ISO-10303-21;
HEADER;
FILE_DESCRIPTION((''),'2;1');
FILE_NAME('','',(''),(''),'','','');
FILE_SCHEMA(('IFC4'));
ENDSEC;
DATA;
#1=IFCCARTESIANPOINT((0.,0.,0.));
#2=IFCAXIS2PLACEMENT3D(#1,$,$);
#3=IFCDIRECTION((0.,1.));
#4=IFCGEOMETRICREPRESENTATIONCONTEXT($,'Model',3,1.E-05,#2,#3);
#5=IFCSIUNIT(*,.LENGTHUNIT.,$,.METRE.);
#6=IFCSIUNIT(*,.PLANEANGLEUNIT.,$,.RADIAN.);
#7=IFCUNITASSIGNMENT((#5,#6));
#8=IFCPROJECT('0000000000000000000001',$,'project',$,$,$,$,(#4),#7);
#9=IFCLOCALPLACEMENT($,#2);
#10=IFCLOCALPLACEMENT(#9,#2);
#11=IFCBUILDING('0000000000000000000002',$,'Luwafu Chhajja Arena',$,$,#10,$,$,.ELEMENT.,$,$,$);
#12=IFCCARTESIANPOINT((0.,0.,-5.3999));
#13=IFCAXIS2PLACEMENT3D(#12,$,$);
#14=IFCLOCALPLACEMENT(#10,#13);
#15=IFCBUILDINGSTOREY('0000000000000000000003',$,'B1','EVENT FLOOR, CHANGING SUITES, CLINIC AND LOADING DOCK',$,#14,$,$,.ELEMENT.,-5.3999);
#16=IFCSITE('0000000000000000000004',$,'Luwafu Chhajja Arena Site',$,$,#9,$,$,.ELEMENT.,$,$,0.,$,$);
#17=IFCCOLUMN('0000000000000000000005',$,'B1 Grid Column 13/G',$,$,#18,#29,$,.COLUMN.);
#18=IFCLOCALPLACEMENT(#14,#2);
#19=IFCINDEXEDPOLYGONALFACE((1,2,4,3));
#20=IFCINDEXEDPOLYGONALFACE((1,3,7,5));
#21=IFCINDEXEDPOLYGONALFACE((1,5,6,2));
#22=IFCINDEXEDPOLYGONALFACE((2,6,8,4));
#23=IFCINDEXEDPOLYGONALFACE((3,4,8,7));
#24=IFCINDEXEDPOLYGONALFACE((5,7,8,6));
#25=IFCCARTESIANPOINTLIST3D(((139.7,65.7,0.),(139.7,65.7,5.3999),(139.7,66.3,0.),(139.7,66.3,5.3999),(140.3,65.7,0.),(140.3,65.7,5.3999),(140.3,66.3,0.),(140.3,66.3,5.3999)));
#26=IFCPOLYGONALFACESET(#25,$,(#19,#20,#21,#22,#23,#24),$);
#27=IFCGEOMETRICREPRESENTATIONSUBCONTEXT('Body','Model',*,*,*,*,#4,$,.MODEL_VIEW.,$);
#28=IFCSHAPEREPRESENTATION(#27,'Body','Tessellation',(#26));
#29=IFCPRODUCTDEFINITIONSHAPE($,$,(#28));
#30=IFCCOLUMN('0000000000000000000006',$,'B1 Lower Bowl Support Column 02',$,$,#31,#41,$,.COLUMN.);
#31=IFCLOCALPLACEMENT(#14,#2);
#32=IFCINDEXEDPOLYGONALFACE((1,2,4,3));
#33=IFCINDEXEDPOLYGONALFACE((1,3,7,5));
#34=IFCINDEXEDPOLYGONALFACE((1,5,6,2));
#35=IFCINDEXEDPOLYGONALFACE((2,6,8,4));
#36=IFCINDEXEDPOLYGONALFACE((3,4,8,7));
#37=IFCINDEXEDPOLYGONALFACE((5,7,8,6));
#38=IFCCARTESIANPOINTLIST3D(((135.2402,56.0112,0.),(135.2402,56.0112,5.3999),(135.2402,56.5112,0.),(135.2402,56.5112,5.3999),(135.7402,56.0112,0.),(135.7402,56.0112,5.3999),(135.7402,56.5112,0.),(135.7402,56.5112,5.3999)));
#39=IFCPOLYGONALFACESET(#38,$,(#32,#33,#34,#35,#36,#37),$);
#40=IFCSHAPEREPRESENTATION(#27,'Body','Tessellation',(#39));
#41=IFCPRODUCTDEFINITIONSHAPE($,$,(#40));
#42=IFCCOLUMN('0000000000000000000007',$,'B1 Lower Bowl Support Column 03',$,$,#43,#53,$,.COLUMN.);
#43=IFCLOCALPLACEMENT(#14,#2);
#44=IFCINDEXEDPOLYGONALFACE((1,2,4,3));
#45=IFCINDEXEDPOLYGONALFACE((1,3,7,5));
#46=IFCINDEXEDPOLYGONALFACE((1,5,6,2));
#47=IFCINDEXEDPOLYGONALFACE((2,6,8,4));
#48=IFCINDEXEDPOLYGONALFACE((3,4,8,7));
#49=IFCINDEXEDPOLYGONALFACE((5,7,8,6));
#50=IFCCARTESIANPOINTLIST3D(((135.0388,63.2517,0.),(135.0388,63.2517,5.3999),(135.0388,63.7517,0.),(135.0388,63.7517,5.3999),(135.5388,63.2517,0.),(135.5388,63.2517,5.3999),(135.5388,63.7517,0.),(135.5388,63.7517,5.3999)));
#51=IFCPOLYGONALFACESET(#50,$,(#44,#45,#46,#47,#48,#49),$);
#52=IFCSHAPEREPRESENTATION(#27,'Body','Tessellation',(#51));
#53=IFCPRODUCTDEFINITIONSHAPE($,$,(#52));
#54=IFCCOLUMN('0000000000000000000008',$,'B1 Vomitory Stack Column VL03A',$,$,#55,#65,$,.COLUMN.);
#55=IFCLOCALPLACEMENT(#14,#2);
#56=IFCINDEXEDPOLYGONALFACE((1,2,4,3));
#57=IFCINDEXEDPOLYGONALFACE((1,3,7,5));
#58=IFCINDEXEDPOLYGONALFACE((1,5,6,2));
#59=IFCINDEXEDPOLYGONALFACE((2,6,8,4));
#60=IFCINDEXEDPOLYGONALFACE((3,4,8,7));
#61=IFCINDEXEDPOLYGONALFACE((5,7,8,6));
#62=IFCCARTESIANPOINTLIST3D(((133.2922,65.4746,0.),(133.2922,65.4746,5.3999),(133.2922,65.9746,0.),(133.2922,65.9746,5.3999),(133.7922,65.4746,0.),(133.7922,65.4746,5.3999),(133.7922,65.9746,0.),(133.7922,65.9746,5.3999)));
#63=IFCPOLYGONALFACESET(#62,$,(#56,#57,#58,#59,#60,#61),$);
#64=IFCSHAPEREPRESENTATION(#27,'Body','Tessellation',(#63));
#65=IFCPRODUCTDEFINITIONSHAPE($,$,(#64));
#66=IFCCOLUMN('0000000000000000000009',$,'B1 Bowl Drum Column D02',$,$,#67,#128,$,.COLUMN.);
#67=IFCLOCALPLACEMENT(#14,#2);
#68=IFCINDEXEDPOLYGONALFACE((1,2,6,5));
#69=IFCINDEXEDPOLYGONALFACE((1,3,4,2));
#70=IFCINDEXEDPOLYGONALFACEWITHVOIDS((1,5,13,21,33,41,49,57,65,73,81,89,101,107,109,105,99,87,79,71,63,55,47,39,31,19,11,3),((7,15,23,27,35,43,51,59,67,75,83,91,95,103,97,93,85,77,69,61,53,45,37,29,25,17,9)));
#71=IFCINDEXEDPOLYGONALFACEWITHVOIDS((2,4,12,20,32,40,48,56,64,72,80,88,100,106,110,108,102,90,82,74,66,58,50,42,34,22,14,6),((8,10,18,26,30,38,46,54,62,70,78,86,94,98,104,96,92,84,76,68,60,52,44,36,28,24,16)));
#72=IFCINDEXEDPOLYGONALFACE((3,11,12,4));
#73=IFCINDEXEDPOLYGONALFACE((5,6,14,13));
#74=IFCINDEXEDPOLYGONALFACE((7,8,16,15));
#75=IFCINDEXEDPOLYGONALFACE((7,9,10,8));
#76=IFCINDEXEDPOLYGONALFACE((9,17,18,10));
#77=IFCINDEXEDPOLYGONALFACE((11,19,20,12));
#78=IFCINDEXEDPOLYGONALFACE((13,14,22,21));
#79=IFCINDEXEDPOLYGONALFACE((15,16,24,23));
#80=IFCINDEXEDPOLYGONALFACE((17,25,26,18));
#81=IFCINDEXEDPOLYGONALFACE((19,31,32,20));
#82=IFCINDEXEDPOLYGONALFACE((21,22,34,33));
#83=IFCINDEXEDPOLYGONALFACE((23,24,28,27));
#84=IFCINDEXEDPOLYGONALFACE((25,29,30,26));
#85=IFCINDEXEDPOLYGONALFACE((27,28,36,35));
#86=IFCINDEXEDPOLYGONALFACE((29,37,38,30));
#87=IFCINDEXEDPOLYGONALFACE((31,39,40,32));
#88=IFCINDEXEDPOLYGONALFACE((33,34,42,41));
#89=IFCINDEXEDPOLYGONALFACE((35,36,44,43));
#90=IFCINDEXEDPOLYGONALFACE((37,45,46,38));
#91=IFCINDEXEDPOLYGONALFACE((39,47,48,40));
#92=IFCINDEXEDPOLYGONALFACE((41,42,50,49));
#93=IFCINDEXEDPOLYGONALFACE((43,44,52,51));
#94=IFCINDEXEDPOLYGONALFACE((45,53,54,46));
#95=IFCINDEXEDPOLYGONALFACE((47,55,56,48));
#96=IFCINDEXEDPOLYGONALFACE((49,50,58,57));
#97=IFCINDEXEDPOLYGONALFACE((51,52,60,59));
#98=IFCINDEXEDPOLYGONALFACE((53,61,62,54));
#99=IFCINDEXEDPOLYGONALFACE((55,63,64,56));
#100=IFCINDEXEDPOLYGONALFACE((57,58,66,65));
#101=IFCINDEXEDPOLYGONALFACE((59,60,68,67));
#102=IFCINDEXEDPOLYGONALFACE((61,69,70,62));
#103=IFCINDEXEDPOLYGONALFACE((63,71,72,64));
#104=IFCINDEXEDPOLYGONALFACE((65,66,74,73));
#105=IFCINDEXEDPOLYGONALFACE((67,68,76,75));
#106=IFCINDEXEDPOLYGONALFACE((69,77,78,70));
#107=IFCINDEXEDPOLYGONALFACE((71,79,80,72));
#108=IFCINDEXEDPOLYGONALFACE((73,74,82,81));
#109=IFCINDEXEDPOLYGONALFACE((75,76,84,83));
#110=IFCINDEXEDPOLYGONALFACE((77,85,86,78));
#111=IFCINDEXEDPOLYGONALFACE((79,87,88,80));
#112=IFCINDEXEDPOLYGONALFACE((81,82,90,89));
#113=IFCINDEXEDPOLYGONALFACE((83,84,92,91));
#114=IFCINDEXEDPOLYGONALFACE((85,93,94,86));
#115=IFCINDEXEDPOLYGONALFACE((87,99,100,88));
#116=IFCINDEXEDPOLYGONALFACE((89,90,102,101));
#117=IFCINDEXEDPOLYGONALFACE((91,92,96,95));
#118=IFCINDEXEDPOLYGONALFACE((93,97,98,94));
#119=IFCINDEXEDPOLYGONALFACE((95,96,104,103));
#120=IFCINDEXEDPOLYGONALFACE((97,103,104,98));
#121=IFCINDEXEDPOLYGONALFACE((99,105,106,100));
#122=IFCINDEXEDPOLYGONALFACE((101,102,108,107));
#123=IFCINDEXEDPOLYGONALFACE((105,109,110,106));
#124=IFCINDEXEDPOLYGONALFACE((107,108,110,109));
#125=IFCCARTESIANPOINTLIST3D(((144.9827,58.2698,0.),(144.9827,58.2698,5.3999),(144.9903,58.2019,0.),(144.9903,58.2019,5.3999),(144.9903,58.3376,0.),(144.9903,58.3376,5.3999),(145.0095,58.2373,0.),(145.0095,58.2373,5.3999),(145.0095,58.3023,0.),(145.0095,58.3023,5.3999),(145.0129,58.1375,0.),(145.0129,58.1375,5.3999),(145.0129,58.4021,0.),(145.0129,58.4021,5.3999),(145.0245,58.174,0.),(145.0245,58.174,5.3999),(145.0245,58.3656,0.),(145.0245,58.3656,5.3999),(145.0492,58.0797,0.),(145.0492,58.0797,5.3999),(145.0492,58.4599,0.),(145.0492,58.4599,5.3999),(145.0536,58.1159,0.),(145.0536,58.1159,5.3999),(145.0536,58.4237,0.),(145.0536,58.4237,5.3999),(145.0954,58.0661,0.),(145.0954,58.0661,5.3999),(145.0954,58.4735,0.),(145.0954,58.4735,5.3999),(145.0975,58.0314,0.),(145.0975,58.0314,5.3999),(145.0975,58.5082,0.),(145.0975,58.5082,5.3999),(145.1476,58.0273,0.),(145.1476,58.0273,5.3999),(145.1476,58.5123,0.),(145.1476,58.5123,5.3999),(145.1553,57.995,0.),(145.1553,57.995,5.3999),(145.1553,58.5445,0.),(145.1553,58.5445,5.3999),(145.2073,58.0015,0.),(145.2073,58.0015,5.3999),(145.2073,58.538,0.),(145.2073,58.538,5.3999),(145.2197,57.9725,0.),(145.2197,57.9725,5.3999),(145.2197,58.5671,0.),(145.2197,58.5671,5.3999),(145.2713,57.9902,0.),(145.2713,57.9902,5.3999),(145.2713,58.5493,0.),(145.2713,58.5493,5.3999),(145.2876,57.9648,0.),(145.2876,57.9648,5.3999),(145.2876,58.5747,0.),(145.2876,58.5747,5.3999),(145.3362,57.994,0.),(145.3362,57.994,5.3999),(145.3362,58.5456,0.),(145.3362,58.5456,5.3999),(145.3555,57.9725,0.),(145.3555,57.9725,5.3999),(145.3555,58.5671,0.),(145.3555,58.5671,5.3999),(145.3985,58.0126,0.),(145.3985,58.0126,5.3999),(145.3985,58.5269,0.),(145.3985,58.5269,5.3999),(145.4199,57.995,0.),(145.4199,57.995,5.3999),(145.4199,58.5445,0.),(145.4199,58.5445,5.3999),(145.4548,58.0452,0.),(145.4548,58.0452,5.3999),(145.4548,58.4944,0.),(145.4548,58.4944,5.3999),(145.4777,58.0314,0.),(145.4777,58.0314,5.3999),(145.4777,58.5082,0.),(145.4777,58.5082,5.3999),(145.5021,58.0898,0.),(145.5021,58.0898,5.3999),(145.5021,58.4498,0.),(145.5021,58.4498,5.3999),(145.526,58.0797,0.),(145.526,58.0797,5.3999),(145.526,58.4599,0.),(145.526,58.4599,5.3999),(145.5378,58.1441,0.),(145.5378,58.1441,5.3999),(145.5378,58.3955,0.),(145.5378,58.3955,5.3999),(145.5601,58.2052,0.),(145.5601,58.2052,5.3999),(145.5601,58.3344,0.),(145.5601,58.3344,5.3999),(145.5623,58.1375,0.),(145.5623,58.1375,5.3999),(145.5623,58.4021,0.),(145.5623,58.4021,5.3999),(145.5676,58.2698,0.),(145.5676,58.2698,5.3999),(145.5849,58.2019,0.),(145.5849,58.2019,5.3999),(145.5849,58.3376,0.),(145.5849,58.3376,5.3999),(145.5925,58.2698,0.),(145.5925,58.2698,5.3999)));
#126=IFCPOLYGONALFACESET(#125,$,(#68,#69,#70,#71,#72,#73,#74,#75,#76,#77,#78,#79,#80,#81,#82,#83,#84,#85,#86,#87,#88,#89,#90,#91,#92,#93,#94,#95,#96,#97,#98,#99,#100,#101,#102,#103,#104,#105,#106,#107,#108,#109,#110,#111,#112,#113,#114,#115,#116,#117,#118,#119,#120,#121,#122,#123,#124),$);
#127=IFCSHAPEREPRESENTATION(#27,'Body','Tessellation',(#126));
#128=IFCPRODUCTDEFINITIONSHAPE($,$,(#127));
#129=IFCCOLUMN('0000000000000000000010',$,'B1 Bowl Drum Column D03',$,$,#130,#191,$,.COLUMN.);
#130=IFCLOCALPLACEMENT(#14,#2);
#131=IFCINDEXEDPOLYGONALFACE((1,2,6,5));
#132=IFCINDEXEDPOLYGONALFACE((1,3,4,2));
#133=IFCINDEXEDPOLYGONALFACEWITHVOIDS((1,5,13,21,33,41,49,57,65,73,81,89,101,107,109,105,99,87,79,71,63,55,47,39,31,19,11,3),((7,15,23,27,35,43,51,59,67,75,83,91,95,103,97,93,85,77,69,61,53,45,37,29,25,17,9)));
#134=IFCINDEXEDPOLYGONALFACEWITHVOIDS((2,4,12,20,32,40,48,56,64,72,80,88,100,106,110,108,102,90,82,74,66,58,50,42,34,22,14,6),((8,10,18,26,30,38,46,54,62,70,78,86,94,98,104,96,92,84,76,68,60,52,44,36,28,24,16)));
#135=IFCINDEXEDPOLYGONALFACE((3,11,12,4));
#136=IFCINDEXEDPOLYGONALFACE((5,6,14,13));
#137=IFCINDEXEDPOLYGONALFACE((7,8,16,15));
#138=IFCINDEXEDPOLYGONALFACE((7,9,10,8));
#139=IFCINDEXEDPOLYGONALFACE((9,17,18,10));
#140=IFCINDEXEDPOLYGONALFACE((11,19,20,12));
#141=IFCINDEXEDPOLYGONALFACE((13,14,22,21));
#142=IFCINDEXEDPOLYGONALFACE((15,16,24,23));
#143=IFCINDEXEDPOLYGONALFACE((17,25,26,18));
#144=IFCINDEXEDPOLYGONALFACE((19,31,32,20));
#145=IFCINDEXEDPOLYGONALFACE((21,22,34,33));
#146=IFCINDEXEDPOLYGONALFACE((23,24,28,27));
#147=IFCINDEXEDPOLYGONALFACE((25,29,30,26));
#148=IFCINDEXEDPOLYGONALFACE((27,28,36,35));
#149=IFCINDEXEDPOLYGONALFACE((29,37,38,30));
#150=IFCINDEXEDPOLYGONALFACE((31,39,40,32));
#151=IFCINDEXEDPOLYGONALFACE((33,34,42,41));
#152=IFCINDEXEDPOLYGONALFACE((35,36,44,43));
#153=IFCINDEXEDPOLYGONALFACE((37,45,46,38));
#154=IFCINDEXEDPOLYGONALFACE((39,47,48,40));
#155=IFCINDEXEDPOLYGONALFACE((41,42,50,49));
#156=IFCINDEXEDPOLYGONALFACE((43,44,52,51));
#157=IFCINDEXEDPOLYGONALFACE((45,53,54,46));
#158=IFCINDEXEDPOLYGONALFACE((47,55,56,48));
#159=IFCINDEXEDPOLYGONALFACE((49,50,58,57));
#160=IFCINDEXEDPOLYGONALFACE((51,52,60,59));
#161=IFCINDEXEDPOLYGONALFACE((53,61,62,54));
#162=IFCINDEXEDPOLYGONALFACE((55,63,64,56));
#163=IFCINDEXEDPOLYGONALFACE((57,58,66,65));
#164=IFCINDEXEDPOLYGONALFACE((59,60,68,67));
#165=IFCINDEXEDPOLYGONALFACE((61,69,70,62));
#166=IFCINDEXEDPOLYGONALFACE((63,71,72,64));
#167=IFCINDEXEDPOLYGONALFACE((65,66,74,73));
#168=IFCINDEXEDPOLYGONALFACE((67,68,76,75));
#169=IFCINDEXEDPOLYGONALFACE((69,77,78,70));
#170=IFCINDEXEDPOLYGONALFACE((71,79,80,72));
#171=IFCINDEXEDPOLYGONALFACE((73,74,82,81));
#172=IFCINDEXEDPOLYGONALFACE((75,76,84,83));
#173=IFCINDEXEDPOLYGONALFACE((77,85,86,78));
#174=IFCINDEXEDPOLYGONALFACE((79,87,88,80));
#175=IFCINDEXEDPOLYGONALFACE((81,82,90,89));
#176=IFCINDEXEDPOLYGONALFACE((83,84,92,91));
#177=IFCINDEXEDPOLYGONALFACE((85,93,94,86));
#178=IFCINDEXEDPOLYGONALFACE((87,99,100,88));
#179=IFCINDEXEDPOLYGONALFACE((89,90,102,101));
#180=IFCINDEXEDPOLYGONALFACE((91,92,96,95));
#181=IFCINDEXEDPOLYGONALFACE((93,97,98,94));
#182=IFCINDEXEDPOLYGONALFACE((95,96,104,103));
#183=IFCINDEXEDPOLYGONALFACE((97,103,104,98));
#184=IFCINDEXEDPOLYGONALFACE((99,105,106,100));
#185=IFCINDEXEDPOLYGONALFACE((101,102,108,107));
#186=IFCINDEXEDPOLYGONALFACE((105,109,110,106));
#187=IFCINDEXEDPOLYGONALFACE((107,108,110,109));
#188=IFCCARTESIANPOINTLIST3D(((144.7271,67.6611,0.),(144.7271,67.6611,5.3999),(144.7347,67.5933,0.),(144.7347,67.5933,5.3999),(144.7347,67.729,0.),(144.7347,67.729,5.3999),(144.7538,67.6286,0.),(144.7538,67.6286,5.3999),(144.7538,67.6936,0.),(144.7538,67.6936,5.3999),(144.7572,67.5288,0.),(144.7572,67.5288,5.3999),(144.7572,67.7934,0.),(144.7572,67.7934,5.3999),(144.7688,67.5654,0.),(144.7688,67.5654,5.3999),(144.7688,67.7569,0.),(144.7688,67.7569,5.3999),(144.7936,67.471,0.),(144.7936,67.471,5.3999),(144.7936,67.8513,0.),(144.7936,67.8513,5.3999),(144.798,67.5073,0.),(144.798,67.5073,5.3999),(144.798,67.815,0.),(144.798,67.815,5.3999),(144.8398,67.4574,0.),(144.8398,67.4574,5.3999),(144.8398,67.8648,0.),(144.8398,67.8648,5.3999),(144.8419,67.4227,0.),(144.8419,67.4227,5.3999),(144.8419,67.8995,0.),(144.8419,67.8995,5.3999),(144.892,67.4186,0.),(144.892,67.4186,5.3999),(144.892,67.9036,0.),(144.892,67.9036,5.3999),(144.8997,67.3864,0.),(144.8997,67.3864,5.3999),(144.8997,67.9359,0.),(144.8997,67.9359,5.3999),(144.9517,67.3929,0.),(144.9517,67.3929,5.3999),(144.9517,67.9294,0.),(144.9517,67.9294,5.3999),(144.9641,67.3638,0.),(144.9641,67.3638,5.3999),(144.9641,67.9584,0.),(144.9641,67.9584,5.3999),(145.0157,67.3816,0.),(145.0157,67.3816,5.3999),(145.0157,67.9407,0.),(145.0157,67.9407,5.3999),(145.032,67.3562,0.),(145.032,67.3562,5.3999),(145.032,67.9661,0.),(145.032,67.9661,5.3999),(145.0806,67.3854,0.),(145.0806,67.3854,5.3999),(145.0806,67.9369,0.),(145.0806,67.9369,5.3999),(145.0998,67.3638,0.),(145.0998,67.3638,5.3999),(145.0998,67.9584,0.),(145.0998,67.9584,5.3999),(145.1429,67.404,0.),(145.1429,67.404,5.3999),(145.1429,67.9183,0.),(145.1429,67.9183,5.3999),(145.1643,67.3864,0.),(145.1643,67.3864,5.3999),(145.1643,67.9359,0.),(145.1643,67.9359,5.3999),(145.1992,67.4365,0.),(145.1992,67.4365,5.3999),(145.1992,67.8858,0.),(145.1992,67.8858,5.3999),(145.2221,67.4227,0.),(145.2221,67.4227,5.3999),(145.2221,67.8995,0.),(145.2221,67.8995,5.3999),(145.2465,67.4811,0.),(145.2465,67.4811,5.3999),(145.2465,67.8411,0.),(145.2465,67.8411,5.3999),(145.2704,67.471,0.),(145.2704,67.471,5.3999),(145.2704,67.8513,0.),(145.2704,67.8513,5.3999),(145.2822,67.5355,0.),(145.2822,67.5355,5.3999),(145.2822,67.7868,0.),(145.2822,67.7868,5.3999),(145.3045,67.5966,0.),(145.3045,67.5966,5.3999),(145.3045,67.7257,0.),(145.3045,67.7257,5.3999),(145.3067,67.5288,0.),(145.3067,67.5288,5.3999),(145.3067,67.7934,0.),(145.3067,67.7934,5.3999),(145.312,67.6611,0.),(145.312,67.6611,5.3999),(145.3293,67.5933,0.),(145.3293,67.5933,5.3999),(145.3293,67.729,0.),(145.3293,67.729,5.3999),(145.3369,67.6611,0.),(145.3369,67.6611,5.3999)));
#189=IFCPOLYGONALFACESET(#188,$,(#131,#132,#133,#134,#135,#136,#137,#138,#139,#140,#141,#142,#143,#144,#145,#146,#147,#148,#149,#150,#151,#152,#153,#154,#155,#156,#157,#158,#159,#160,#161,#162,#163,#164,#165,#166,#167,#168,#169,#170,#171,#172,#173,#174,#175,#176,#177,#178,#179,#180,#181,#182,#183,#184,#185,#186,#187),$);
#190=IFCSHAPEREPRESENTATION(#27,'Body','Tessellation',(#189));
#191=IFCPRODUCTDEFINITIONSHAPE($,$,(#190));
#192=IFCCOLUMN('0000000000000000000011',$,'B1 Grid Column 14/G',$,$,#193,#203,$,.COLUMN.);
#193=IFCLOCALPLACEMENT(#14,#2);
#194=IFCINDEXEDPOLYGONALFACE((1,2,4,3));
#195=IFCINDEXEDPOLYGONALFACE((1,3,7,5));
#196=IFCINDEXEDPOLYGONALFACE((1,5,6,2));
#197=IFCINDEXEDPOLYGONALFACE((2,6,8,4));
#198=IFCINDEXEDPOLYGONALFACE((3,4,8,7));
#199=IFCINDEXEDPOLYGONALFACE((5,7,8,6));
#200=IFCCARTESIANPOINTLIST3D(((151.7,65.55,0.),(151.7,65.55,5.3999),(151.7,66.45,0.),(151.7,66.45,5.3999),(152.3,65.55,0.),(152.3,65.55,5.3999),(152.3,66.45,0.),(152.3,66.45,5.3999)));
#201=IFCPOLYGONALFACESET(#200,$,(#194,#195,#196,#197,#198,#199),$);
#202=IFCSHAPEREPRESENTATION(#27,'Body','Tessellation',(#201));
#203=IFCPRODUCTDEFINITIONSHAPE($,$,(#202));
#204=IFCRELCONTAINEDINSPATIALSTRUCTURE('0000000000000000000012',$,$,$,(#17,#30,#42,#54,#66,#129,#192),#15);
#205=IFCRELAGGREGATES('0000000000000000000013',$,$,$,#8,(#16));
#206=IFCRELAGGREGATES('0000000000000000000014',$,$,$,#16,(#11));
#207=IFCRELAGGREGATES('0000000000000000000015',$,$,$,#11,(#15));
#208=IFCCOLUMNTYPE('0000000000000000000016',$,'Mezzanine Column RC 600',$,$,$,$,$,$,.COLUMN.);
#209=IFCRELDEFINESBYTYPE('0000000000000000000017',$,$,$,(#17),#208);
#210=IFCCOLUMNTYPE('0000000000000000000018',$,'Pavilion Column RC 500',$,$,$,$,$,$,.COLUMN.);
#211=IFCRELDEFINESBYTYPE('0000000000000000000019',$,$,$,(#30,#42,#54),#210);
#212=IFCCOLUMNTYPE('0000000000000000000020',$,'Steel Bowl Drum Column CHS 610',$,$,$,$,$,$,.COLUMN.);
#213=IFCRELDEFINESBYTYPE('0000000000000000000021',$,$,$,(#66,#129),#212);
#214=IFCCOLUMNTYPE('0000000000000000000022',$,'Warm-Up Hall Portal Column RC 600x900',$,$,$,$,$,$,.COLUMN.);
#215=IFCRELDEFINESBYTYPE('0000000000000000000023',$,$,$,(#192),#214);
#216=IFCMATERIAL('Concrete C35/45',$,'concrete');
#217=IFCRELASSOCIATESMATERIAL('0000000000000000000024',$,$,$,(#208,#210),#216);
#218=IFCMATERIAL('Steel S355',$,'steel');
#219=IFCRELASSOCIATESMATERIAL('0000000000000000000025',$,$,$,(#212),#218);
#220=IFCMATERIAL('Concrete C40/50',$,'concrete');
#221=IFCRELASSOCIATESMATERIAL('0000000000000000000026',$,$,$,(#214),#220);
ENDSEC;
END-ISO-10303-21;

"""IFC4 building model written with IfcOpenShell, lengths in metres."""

from ifc_helpers import new_model, si_unit, direction, frame, origin, origin_2d, place, context, subcontext, project, spatial, rectangle, hollow_circle, extrude, material, material_profile, profile_set, type_object, element, save


model = new_model("IFC4")

# Units and contexts
model_context = context("Model", 3, precision=1e-05, world=origin(), true_north=direction((0.0, 1.0)))
body_context = subcontext(model_context, "Body", "Model", "MODEL_VIEW")
ifc_project = project(units=[si_unit("LENGTHUNIT", "METRE"), si_unit("PLANEANGLEUNIT", "RADIAN")], contexts=[model_context])

# Site, building, storey
site_placement = place(None, origin())
site = spatial("IfcSite", under=ifc_project, at=site_placement, Name="Luwafu Chhajja Arena Site", CompositionType="ELEMENT", RefElevation=0.0)
building_placement = place(site_placement, origin())
building = spatial("IfcBuilding", under=site, at=building_placement, Name="Luwafu Chhajja Arena", CompositionType="ELEMENT")
storey_placement = place(building_placement, frame((0.0, 0.0, -5.3999)))
storey = spatial("IfcBuildingStorey", under=building, at=storey_placement, Name="B1", Description="EVENT FLOOR, CHANGING SUITES, CLINIC AND LOADING DOCK", CompositionType="ELEMENT", Elevation=-5.3999)

# Shared definitions
ifc_material_1 = material(Name="Concrete C35/45", Category="concrete")

# Columns
ifc_material_2 = material(Name="Concrete C40/50", Category="concrete")
ifc_material_profile_1 = material_profile(ifc_material_1, rectangle(XDim=0.6001, YDim=0.6001, at=origin_2d()), Name="RC 600x600")
ifc_profile_set_1 = profile_set([ifc_material_profile_1], Name="Concrete C35/45")
column_type_1 = type_object("IfcColumnType", Name="Mezzanine Column RC 600", PredefinedType="COLUMN", material=ifc_profile_set_1)
column_1_placement = place(storey_placement, frame((140.0, 66.0, 0.0), z_axis=(0.0, 0.0, 1.0), x_axis=(1.0, 0.0, 0.0)))
element("IfcColumn", 1, at=column_1_placement, inside=storey, type_object=column_type_1, Name="B1 Grid Column 13/G", PredefinedType="COLUMN", context=body_context, shape_type="SweptSolid", body=[
    extrude(rectangle(XDim=0.6001, YDim=0.6001, at=origin_2d()), origin(), (0.0, 0.0, 1.0), 5.3999),
])
ifc_material_profile_2 = material_profile(ifc_material_1, rectangle(XDim=0.5, YDim=0.5, at=origin_2d()), Name="RC 500x500")
ifc_profile_set_2 = profile_set([ifc_material_profile_2], Name="Concrete C35/45")
column_type_2 = type_object("IfcColumnType", Name="Pavilion Column RC 500", PredefinedType="COLUMN", material=ifc_profile_set_2)
for number, where, z_axis, x_axis, name in (
    (2, (135.4902, 56.2612, 0.0), (0.0, 0.0, 1.0), (1.0, 0.0, 0.0), "B1 Lower Bowl Support Column 02"),
    (3, (135.2888, 63.5017, 0.0), (0.0, 0.0, 1.0), (1.0, 0.0, 0.0), "B1 Lower Bowl Support Column 03"),
    (4, (133.5422, 65.7246, 0.0), (0.0, 0.0, 1.0), (1.0, 0.0, 0.0), "B1 Vomitory Stack Column VL03A"),
):
    element("IfcColumn", number, at=place(storey_placement, frame(where, z_axis=z_axis, x_axis=x_axis)), inside=storey, type_object=column_type_2, Name=name, PredefinedType="COLUMN", context=body_context, shape_type="SweptSolid", body=[
        extrude(rectangle(XDim=0.5, YDim=0.5, at=origin_2d()), origin(), (0.0, 0.0, 1.0), 5.3999),
    ])
ifc_material_3 = material(Name="Steel S355", Category="steel")
ifc_material_profile_3 = material_profile(ifc_material_3, hollow_circle(Radius=0.3049, WallThickness=0.0249, at=origin_2d()), Name="CHS 610x25")
ifc_profile_set_3 = profile_set([ifc_material_profile_3], Name="Steel S355")
column_type_3 = type_object("IfcColumnType", Name="Steel Bowl Drum Column CHS 610", PredefinedType="COLUMN", material=ifc_profile_set_3)
for number, where, z_axis, x_axis, name in (
    (5, (145.2876, 58.2698, 0.0), (0.0, 0.0, 1.0), (1.0, 0.0, 0.0), "B1 Bowl Drum Column D02"),
    (6, (145.032, 67.6611, 0.0), (0.0, 0.0, 1.0), (1.0, 0.0, 0.0), "B1 Bowl Drum Column D03"),
):
    element("IfcColumn", number, at=place(storey_placement, frame(where, z_axis=z_axis, x_axis=x_axis)), inside=storey, type_object=column_type_3, Name=name, PredefinedType="COLUMN", context=body_context, shape_type="SweptSolid", body=[
        extrude(hollow_circle(Radius=0.3049, WallThickness=0.0249, at=origin_2d()), origin(), (0.0, 0.0, 1.0), 5.3999),
    ])
ifc_material_profile_4 = material_profile(ifc_material_2, rectangle(XDim=0.6001, YDim=0.8999, at=origin_2d()), Name="RC 600x900")
ifc_profile_set_4 = profile_set([ifc_material_profile_4], Name="Concrete C40/50")
column_type_4 = type_object("IfcColumnType", Name="Warm-Up Hall Portal Column RC 600x900", PredefinedType="COLUMN", material=ifc_profile_set_4)
column_2_placement = place(storey_placement, frame((152.0, 66.0, 0.0), z_axis=(0.0, 0.0, 1.0), x_axis=(1.0, 0.0, 0.0)))
element("IfcColumn", 7, at=column_2_placement, inside=storey, type_object=column_type_4, Name="B1 Grid Column 14/G", PredefinedType="COLUMN", context=body_context, shape_type="SweptSolid", body=[
    extrude(rectangle(XDim=0.6001, YDim=0.8999, at=origin_2d()), origin(), (0.0, 0.0, 1.0), 5.3999),
])

save(model, "model.ifc")
